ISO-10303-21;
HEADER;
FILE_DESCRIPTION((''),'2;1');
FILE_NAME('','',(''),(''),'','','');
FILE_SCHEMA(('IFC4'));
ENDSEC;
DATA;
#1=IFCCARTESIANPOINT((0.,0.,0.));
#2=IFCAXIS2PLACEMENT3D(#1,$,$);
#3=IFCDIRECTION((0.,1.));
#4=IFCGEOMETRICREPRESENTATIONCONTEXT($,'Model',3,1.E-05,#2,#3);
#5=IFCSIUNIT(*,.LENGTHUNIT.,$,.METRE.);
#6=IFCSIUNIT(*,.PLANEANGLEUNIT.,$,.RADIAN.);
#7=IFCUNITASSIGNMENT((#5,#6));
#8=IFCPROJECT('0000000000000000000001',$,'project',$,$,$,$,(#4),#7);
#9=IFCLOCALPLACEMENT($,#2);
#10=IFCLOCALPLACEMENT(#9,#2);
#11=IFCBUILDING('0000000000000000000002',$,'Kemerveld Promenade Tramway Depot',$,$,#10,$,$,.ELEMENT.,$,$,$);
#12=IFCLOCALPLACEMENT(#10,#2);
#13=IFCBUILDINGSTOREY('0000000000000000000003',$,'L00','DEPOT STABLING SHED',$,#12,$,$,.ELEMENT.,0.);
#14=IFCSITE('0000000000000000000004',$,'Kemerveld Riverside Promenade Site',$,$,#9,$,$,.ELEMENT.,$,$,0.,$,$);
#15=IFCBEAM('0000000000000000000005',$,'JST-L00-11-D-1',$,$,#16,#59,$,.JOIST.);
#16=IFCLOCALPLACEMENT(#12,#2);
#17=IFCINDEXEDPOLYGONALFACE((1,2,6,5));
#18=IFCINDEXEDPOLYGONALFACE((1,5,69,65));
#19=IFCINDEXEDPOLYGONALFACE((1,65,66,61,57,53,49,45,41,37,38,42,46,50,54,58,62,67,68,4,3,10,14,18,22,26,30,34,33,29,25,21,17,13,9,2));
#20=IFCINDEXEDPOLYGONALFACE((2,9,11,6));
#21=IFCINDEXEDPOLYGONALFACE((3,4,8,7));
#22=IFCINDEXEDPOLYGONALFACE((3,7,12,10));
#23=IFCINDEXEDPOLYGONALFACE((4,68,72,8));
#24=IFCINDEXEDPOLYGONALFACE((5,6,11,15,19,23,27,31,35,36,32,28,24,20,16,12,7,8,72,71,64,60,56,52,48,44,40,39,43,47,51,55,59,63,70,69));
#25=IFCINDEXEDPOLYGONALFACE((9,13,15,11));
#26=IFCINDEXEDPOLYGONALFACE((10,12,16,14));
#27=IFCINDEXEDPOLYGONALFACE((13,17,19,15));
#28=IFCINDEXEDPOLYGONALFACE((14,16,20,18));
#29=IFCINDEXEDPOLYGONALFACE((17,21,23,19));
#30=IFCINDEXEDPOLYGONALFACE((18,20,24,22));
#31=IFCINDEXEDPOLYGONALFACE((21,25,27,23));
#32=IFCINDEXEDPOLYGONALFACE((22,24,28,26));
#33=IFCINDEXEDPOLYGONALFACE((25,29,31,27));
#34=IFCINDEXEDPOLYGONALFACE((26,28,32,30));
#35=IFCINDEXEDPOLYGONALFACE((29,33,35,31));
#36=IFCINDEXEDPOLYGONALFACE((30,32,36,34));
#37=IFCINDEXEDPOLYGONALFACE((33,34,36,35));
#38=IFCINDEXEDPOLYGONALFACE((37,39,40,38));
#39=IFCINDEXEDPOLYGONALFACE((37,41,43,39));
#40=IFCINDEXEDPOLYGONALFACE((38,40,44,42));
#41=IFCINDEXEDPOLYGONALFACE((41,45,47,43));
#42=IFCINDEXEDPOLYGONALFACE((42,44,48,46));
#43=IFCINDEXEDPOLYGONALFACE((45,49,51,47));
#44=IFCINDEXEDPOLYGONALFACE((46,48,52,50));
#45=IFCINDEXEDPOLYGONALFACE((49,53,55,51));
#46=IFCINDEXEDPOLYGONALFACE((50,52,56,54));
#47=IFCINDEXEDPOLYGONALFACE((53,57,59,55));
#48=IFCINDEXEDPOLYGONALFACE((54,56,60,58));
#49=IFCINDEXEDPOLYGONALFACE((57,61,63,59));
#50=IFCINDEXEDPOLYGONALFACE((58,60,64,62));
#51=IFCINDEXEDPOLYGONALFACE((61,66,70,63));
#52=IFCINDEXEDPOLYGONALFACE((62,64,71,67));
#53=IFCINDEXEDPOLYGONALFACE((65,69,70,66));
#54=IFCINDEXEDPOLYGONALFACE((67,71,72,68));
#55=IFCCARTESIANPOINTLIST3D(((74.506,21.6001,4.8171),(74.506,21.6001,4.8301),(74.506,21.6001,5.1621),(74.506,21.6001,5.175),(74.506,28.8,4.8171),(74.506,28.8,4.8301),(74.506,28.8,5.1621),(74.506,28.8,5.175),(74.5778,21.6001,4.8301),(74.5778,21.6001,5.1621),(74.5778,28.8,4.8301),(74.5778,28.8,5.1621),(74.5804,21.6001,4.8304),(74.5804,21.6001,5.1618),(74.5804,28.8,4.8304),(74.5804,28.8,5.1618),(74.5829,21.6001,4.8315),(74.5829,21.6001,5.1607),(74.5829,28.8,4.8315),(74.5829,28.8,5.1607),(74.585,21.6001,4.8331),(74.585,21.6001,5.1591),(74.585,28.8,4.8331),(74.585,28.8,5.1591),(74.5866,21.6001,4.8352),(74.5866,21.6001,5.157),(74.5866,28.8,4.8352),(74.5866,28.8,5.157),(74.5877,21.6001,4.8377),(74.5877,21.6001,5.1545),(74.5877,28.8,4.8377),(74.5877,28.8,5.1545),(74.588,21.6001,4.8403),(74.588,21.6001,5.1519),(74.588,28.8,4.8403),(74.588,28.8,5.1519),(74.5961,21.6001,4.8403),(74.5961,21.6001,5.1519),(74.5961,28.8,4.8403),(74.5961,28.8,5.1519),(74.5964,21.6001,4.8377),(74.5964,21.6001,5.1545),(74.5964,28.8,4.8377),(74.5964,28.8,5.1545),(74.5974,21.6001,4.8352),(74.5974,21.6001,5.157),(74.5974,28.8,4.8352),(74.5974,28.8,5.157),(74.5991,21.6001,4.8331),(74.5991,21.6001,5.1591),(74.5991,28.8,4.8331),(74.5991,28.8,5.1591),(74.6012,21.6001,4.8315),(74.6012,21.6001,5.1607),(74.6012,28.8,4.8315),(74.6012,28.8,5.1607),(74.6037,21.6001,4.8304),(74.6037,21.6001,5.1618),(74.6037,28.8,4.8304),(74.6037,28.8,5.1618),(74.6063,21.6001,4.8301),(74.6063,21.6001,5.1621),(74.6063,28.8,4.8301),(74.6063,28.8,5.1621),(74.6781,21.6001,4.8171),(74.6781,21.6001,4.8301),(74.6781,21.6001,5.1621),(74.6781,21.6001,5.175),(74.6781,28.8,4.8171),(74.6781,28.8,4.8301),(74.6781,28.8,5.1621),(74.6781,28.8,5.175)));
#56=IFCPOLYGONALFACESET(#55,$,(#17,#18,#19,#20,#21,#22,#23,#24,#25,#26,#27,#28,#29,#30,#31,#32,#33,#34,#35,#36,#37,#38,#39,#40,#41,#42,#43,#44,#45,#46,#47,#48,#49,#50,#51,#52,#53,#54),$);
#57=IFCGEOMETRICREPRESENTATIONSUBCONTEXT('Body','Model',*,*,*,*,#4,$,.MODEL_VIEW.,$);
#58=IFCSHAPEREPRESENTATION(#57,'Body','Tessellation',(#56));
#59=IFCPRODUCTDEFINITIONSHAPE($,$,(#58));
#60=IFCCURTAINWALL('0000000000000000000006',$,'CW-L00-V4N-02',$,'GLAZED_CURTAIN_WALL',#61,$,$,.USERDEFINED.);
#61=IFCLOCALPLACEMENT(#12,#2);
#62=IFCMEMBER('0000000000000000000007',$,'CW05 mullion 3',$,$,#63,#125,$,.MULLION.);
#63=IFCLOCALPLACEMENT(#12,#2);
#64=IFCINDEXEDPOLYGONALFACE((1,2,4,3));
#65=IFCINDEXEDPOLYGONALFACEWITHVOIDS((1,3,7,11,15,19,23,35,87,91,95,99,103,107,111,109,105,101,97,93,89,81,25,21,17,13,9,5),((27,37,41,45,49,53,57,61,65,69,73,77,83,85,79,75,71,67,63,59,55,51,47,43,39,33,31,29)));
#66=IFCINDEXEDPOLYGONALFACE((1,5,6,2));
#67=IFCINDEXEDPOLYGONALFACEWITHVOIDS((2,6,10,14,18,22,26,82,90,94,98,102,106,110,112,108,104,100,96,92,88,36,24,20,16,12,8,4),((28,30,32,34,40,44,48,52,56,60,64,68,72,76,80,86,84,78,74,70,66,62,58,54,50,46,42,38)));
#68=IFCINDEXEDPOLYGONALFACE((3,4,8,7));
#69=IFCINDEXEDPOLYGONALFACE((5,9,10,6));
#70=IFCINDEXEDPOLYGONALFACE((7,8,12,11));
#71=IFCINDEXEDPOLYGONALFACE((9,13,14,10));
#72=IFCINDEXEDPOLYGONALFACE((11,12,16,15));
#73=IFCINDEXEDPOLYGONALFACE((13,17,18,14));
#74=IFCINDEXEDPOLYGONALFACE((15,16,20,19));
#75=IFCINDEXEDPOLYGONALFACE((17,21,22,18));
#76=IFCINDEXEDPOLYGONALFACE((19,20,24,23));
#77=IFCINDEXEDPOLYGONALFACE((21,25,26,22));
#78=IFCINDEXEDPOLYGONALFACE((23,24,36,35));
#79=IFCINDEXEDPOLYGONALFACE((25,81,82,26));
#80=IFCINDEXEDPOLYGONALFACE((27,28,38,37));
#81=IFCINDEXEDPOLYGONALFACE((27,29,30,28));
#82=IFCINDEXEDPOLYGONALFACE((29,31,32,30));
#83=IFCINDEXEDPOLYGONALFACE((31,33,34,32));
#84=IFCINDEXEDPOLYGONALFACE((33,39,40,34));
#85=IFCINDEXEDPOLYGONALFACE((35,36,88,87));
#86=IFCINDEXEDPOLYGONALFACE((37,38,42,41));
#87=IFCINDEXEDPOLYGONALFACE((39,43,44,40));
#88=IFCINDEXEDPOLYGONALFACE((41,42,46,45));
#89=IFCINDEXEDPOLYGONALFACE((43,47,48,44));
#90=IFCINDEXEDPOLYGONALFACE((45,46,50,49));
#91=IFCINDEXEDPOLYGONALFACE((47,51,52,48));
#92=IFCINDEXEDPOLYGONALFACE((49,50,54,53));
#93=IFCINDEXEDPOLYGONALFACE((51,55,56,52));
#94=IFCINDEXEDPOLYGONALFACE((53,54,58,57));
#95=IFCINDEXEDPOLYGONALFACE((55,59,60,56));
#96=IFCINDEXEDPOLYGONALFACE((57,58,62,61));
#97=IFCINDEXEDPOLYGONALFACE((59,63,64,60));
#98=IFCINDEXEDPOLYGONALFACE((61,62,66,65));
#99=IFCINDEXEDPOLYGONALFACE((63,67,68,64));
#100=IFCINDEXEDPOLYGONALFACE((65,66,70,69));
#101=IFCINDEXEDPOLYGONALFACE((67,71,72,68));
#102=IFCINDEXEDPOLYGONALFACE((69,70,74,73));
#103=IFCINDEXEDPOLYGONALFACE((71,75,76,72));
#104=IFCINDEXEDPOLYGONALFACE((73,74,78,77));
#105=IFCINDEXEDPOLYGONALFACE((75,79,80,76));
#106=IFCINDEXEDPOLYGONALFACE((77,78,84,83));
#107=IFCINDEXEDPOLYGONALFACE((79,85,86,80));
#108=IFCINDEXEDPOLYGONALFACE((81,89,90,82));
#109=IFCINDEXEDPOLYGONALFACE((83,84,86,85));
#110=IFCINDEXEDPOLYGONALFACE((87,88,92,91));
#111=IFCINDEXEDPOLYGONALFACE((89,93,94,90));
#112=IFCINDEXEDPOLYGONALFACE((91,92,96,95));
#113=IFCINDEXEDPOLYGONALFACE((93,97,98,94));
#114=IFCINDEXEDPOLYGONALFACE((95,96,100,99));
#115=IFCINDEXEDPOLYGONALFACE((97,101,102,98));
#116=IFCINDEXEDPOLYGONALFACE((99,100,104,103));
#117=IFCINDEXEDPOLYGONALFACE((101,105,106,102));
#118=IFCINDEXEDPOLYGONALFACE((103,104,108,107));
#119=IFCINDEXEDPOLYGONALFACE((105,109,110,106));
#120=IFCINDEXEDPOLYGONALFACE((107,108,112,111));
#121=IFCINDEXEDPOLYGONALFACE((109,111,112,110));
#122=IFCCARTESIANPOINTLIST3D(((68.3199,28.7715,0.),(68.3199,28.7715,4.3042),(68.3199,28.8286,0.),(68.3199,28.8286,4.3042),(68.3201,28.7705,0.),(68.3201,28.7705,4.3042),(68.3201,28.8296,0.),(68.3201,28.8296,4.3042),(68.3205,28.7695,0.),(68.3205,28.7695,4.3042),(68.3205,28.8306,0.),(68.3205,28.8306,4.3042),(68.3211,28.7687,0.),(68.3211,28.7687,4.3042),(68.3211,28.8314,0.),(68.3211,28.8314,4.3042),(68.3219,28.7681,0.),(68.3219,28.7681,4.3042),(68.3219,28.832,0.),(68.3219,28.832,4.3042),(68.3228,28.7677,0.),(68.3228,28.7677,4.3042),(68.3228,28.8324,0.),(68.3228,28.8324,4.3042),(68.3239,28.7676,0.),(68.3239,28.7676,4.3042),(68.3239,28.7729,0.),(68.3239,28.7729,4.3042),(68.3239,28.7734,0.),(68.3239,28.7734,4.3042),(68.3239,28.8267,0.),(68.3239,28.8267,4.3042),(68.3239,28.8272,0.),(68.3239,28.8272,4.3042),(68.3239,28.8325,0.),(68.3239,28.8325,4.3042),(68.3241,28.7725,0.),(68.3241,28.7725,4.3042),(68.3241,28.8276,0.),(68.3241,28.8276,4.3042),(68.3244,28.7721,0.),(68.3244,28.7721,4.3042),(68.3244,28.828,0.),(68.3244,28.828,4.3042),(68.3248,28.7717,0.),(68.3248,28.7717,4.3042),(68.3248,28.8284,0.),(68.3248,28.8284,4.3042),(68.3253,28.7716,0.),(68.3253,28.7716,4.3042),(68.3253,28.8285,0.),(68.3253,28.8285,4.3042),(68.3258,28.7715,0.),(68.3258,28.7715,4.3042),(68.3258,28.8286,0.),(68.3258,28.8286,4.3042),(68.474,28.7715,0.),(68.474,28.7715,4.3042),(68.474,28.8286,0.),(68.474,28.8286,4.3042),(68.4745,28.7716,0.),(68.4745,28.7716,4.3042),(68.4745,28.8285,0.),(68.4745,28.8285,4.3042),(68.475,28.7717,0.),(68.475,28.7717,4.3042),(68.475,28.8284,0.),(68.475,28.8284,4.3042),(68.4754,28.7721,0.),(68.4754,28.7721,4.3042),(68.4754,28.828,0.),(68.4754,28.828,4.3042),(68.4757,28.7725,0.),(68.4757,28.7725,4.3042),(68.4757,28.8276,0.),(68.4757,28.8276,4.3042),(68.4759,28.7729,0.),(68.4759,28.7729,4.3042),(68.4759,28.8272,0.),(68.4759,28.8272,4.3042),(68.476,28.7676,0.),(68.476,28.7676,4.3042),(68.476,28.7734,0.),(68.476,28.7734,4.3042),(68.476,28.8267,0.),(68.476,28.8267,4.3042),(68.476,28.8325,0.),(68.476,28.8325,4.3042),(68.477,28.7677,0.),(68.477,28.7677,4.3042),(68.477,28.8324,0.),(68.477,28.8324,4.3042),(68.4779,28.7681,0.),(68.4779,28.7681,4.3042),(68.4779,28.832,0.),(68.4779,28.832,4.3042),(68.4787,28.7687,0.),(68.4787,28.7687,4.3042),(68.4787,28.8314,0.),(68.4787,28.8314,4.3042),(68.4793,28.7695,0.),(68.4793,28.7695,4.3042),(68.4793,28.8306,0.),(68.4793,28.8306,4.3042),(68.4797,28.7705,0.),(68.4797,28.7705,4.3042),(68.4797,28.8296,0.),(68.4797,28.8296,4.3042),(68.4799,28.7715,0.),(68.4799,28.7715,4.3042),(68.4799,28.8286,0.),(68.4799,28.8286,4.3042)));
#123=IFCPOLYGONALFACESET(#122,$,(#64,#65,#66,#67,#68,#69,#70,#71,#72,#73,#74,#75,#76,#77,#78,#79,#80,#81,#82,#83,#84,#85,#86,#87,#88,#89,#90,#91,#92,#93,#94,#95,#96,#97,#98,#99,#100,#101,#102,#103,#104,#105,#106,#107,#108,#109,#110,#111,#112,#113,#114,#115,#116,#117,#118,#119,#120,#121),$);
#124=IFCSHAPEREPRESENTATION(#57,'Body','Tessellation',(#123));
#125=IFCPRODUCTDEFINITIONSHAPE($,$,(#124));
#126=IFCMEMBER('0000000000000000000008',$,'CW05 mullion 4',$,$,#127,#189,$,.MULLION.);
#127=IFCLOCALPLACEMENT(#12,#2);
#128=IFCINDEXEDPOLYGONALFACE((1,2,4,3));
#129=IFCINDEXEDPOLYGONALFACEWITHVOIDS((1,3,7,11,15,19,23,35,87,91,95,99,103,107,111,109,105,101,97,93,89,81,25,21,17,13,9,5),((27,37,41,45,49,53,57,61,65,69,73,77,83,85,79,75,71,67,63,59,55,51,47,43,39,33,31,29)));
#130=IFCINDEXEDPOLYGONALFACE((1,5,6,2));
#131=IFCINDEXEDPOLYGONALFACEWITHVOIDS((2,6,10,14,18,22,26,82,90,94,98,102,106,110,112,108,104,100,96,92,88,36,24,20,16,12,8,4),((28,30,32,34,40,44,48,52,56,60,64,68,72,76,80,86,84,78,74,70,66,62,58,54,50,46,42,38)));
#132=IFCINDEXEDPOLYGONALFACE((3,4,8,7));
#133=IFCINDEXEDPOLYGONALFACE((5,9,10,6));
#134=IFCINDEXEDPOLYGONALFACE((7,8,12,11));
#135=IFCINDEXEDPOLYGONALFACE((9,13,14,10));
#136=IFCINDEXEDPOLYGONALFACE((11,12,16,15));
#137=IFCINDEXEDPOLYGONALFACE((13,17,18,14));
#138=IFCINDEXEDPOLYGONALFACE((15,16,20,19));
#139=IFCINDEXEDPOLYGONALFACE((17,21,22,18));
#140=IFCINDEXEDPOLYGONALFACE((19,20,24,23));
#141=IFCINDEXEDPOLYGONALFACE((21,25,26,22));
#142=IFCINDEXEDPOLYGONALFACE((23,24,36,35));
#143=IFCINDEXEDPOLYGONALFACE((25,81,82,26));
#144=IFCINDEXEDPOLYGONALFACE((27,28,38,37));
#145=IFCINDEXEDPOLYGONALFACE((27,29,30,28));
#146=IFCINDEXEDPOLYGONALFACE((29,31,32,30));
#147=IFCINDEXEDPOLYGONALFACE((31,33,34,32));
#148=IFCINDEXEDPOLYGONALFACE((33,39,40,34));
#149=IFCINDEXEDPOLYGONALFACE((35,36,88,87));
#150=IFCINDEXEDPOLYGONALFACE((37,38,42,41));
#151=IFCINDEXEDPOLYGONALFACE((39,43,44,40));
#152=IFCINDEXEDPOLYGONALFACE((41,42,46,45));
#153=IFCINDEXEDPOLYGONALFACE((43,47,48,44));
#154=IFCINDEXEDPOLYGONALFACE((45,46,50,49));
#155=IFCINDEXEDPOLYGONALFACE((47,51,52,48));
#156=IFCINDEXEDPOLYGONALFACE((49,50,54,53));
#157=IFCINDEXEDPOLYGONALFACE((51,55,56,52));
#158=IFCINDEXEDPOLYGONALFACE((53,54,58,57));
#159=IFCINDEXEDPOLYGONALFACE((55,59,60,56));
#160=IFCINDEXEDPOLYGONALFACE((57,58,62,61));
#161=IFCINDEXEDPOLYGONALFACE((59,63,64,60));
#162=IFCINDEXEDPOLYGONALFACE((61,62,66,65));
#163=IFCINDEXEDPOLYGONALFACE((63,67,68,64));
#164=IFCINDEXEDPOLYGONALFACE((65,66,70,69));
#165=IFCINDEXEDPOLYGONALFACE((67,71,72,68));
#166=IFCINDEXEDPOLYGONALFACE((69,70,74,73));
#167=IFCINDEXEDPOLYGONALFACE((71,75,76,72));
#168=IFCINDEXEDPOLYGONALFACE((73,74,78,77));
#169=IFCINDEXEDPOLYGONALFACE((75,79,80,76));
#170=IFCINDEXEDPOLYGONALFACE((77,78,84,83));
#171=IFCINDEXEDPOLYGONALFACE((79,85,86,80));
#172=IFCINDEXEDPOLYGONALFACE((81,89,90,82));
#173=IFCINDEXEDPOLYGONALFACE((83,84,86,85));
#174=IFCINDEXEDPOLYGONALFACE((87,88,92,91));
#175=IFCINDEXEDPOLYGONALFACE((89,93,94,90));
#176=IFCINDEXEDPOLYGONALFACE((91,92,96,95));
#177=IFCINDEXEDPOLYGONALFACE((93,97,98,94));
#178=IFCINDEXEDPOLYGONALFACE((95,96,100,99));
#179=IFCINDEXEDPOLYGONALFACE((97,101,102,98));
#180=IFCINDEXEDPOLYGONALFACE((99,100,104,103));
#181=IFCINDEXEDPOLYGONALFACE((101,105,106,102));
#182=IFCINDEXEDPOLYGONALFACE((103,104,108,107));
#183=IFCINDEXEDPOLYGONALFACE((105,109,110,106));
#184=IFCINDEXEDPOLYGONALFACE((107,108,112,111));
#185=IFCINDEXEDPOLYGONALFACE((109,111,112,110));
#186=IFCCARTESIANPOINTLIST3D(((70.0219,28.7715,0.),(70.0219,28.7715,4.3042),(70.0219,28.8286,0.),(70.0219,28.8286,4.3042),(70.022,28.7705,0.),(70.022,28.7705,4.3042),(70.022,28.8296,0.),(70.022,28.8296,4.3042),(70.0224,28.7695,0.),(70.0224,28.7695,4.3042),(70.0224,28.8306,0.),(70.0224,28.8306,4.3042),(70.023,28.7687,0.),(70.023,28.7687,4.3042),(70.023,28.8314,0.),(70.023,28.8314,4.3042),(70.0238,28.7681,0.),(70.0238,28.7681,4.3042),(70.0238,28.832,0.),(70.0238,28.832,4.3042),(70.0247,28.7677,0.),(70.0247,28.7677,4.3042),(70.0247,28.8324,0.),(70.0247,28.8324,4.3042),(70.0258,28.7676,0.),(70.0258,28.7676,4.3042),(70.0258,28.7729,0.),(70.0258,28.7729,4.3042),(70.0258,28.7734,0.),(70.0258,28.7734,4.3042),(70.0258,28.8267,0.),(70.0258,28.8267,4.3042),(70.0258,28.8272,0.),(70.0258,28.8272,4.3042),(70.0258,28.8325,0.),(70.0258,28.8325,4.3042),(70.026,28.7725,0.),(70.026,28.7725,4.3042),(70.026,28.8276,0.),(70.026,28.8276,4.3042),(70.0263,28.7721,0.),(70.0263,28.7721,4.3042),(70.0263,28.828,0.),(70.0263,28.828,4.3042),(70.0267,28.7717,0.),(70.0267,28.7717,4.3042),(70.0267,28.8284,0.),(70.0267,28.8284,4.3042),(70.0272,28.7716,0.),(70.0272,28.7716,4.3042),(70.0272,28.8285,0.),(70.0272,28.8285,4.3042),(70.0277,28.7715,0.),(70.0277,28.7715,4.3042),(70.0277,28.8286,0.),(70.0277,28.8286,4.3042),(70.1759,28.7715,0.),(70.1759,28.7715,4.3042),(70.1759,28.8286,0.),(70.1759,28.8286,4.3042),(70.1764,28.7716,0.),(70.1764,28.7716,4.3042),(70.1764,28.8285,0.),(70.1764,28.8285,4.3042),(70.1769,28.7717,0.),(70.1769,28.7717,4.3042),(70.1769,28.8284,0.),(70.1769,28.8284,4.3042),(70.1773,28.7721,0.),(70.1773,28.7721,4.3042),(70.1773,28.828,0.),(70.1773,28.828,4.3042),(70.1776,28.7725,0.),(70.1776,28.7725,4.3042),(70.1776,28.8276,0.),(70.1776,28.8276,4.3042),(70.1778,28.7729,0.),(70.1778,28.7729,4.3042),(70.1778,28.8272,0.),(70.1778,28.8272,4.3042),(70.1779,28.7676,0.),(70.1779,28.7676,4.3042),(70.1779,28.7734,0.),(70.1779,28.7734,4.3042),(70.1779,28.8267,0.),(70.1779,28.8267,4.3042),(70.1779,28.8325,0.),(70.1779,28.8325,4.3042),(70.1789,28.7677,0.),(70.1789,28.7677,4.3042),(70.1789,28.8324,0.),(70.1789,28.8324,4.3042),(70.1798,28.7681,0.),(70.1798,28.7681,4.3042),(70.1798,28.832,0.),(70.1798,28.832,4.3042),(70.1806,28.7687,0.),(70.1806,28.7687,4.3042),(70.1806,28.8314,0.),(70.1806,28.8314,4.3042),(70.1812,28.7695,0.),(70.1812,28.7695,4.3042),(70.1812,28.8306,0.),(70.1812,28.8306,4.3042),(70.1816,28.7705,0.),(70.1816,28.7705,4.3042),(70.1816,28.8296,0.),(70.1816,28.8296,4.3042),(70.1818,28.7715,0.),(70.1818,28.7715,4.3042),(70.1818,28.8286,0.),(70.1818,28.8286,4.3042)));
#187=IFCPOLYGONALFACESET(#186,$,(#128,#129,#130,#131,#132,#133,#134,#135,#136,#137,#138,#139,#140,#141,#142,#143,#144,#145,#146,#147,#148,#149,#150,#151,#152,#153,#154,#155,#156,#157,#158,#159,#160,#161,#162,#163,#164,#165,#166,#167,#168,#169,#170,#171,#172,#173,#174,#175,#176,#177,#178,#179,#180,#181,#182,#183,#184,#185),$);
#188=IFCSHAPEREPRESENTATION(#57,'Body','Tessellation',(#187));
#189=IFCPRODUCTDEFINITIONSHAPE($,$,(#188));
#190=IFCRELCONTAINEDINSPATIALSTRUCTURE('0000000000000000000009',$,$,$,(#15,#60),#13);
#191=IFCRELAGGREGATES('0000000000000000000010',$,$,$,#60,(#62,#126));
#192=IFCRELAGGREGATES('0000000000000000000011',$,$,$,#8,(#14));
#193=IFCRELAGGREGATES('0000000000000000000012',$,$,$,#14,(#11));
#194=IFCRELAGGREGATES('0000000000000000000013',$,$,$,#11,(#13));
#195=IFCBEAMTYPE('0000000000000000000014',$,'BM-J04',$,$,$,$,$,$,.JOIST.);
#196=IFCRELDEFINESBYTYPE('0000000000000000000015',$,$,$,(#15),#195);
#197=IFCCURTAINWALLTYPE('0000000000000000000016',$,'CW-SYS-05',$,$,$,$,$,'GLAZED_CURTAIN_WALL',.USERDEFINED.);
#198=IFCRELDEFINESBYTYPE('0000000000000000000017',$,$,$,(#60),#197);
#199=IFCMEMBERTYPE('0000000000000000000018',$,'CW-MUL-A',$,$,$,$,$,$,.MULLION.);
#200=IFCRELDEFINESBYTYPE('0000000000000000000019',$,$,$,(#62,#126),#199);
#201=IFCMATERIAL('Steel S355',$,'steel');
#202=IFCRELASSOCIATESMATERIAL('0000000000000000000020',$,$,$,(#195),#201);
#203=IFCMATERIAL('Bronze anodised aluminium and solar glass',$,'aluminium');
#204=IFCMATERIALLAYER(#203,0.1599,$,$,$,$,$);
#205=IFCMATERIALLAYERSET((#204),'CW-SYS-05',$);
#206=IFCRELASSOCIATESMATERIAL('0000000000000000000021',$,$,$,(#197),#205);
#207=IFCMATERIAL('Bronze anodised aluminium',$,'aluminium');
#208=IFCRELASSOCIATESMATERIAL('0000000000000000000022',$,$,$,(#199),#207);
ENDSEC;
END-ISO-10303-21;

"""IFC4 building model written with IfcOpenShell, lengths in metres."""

from ifc_helpers import new_model, si_unit, direction, frame, origin, origin_2d, place, context, subcontext, project, spatial, hollow_rectangle, i_section, extrude, material, layer, layer_set, material_profile, profile_set, type_object, element, aggregate, save


model = new_model("IFC4")

# Units and contexts
model_context = context("Model", 3, precision=1e-05, world=origin(), true_north=direction((0.0, 1.0)))
body_context = subcontext(model_context, "Body", "Model", "MODEL_VIEW")
ifc_project = project(units=[si_unit("LENGTHUNIT", "METRE"), si_unit("PLANEANGLEUNIT", "RADIAN")], contexts=[model_context])

# Site, building, storey
site_placement = place(None, origin())
site = spatial("IfcSite", under=ifc_project, at=site_placement, Name="Kemerveld Riverside Promenade Site", CompositionType="ELEMENT", RefElevation=0.0)
building_placement = place(site_placement, origin())
building = spatial("IfcBuilding", under=site, at=building_placement, Name="Kemerveld Promenade Tramway Depot", CompositionType="ELEMENT")
storey_placement = place(building_placement, origin())
storey = spatial("IfcBuildingStorey", under=building, at=storey_placement, Name="L00", Description="DEPOT STABLING SHED", CompositionType="ELEMENT", Elevation=0.0)

# Shared definitions
ifc_material_1 = material(Name="Steel S355", Category="steel")

# Beam
ifc_material_profile_1 = material_profile(ifc_material_1, i_section(OverallWidth=0.1721, OverallDepth=0.3579, WebThickness=0.0081, FlangeThickness=0.0129, FilletRadius=0.0103, at=origin_2d()), Name="356x171x57 UB")
ifc_profile_set_1 = profile_set([ifc_material_profile_1], Name="Steel S355")
beam_type_1 = type_object("IfcBeamType", Name="BM-J04", PredefinedType="JOIST", material=ifc_profile_set_1)
beam_1_placement = place(storey_placement, frame((74.592, 21.6001, 4.9961), z_axis=(0.0, 1.0, 0.0), x_axis=(-1.0, 0.0, 0.0)))
element("IfcBeam", 1, at=beam_1_placement, inside=storey, type_object=beam_type_1, Name="JST-L00-11-D-1", PredefinedType="JOIST", context=body_context, shape_type="SweptSolid", body=[
    extrude(i_section(OverallWidth=0.1721, OverallDepth=0.3579, WebThickness=0.0081, FlangeThickness=0.0129, FilletRadius=0.0103, at=origin_2d()), origin(), (0.0, 0.0, 1.0), 7.2),
])

# Curtain wall, members
ifc_material_2 = material(Name="Bronze anodised aluminium and solar glass", Category="aluminium")
ifc_layer_1 = layer(ifc_material_2, 0.1599)
ifc_layer_set_1 = layer_set([ifc_layer_1], Name="CW-SYS-05")
curtain_wall_type = type_object("IfcCurtainWallType", Name="CW-SYS-05", ElementType="GLAZED_CURTAIN_WALL", PredefinedType="USERDEFINED", material=ifc_layer_set_1)
curtain_wall_placement = place(storey_placement, origin())
curtain_wall = element("IfcCurtainWall", 2, at=curtain_wall_placement, inside=storey, type_object=curtain_wall_type, Name="CW-L00-V4N-02", ObjectType="GLAZED_CURTAIN_WALL", PredefinedType="USERDEFINED")
ifc_material_3 = material(Name="Bronze anodised aluminium", Category="aluminium")
ifc_material_profile_2 = material_profile(ifc_material_3, hollow_rectangle(XDim=0.0649, YDim=0.1599, WallThickness=0.0039, InnerFilletRadius=0.002, OuterFilletRadius=0.0039, at=origin_2d()), Name="CW-MUL-160x65")
ifc_profile_set_2 = profile_set([ifc_material_profile_2], Name="Bronze anodised aluminium")
member_type_1 = type_object("IfcMemberType", Name="CW-MUL-A", PredefinedType="MULLION", material=ifc_profile_set_2)
member_1_placement = place(storey_placement, frame((68.3999, 28.8, 0.0), z_axis=(0.0, 0.0, 1.0), x_axis=(0.0, 1.0, 0.0)))
member_1 = element("IfcMember", 3, at=member_1_placement, type_object=member_type_1, Name="CW05 mullion 3", PredefinedType="MULLION", context=body_context, shape_type="SweptSolid", body=[
    extrude(hollow_rectangle(XDim=0.0649, YDim=0.1599, WallThickness=0.0039, InnerFilletRadius=0.002, OuterFilletRadius=0.0039, at=origin_2d()), origin(), (0.0, 0.0, 1.0), 4.3042),
])
member_2_placement = place(storey_placement, frame((70.1018, 28.8, 0.0), z_axis=(0.0, 0.0, 1.0), x_axis=(0.0, 1.0, 0.0)))
member_2 = element("IfcMember", 4, at=member_2_placement, type_object=member_type_1, Name="CW05 mullion 4", PredefinedType="MULLION", context=body_context, shape_type="SweptSolid", body=[
    extrude(hollow_rectangle(XDim=0.0649, YDim=0.1599, WallThickness=0.0039, InnerFilletRadius=0.002, OuterFilletRadius=0.0039, at=origin_2d()), origin(), (0.0, 0.0, 1.0), 4.3042),
])
aggregate(curtain_wall, [member_1, member_2])

save(model, "model.ifc")
